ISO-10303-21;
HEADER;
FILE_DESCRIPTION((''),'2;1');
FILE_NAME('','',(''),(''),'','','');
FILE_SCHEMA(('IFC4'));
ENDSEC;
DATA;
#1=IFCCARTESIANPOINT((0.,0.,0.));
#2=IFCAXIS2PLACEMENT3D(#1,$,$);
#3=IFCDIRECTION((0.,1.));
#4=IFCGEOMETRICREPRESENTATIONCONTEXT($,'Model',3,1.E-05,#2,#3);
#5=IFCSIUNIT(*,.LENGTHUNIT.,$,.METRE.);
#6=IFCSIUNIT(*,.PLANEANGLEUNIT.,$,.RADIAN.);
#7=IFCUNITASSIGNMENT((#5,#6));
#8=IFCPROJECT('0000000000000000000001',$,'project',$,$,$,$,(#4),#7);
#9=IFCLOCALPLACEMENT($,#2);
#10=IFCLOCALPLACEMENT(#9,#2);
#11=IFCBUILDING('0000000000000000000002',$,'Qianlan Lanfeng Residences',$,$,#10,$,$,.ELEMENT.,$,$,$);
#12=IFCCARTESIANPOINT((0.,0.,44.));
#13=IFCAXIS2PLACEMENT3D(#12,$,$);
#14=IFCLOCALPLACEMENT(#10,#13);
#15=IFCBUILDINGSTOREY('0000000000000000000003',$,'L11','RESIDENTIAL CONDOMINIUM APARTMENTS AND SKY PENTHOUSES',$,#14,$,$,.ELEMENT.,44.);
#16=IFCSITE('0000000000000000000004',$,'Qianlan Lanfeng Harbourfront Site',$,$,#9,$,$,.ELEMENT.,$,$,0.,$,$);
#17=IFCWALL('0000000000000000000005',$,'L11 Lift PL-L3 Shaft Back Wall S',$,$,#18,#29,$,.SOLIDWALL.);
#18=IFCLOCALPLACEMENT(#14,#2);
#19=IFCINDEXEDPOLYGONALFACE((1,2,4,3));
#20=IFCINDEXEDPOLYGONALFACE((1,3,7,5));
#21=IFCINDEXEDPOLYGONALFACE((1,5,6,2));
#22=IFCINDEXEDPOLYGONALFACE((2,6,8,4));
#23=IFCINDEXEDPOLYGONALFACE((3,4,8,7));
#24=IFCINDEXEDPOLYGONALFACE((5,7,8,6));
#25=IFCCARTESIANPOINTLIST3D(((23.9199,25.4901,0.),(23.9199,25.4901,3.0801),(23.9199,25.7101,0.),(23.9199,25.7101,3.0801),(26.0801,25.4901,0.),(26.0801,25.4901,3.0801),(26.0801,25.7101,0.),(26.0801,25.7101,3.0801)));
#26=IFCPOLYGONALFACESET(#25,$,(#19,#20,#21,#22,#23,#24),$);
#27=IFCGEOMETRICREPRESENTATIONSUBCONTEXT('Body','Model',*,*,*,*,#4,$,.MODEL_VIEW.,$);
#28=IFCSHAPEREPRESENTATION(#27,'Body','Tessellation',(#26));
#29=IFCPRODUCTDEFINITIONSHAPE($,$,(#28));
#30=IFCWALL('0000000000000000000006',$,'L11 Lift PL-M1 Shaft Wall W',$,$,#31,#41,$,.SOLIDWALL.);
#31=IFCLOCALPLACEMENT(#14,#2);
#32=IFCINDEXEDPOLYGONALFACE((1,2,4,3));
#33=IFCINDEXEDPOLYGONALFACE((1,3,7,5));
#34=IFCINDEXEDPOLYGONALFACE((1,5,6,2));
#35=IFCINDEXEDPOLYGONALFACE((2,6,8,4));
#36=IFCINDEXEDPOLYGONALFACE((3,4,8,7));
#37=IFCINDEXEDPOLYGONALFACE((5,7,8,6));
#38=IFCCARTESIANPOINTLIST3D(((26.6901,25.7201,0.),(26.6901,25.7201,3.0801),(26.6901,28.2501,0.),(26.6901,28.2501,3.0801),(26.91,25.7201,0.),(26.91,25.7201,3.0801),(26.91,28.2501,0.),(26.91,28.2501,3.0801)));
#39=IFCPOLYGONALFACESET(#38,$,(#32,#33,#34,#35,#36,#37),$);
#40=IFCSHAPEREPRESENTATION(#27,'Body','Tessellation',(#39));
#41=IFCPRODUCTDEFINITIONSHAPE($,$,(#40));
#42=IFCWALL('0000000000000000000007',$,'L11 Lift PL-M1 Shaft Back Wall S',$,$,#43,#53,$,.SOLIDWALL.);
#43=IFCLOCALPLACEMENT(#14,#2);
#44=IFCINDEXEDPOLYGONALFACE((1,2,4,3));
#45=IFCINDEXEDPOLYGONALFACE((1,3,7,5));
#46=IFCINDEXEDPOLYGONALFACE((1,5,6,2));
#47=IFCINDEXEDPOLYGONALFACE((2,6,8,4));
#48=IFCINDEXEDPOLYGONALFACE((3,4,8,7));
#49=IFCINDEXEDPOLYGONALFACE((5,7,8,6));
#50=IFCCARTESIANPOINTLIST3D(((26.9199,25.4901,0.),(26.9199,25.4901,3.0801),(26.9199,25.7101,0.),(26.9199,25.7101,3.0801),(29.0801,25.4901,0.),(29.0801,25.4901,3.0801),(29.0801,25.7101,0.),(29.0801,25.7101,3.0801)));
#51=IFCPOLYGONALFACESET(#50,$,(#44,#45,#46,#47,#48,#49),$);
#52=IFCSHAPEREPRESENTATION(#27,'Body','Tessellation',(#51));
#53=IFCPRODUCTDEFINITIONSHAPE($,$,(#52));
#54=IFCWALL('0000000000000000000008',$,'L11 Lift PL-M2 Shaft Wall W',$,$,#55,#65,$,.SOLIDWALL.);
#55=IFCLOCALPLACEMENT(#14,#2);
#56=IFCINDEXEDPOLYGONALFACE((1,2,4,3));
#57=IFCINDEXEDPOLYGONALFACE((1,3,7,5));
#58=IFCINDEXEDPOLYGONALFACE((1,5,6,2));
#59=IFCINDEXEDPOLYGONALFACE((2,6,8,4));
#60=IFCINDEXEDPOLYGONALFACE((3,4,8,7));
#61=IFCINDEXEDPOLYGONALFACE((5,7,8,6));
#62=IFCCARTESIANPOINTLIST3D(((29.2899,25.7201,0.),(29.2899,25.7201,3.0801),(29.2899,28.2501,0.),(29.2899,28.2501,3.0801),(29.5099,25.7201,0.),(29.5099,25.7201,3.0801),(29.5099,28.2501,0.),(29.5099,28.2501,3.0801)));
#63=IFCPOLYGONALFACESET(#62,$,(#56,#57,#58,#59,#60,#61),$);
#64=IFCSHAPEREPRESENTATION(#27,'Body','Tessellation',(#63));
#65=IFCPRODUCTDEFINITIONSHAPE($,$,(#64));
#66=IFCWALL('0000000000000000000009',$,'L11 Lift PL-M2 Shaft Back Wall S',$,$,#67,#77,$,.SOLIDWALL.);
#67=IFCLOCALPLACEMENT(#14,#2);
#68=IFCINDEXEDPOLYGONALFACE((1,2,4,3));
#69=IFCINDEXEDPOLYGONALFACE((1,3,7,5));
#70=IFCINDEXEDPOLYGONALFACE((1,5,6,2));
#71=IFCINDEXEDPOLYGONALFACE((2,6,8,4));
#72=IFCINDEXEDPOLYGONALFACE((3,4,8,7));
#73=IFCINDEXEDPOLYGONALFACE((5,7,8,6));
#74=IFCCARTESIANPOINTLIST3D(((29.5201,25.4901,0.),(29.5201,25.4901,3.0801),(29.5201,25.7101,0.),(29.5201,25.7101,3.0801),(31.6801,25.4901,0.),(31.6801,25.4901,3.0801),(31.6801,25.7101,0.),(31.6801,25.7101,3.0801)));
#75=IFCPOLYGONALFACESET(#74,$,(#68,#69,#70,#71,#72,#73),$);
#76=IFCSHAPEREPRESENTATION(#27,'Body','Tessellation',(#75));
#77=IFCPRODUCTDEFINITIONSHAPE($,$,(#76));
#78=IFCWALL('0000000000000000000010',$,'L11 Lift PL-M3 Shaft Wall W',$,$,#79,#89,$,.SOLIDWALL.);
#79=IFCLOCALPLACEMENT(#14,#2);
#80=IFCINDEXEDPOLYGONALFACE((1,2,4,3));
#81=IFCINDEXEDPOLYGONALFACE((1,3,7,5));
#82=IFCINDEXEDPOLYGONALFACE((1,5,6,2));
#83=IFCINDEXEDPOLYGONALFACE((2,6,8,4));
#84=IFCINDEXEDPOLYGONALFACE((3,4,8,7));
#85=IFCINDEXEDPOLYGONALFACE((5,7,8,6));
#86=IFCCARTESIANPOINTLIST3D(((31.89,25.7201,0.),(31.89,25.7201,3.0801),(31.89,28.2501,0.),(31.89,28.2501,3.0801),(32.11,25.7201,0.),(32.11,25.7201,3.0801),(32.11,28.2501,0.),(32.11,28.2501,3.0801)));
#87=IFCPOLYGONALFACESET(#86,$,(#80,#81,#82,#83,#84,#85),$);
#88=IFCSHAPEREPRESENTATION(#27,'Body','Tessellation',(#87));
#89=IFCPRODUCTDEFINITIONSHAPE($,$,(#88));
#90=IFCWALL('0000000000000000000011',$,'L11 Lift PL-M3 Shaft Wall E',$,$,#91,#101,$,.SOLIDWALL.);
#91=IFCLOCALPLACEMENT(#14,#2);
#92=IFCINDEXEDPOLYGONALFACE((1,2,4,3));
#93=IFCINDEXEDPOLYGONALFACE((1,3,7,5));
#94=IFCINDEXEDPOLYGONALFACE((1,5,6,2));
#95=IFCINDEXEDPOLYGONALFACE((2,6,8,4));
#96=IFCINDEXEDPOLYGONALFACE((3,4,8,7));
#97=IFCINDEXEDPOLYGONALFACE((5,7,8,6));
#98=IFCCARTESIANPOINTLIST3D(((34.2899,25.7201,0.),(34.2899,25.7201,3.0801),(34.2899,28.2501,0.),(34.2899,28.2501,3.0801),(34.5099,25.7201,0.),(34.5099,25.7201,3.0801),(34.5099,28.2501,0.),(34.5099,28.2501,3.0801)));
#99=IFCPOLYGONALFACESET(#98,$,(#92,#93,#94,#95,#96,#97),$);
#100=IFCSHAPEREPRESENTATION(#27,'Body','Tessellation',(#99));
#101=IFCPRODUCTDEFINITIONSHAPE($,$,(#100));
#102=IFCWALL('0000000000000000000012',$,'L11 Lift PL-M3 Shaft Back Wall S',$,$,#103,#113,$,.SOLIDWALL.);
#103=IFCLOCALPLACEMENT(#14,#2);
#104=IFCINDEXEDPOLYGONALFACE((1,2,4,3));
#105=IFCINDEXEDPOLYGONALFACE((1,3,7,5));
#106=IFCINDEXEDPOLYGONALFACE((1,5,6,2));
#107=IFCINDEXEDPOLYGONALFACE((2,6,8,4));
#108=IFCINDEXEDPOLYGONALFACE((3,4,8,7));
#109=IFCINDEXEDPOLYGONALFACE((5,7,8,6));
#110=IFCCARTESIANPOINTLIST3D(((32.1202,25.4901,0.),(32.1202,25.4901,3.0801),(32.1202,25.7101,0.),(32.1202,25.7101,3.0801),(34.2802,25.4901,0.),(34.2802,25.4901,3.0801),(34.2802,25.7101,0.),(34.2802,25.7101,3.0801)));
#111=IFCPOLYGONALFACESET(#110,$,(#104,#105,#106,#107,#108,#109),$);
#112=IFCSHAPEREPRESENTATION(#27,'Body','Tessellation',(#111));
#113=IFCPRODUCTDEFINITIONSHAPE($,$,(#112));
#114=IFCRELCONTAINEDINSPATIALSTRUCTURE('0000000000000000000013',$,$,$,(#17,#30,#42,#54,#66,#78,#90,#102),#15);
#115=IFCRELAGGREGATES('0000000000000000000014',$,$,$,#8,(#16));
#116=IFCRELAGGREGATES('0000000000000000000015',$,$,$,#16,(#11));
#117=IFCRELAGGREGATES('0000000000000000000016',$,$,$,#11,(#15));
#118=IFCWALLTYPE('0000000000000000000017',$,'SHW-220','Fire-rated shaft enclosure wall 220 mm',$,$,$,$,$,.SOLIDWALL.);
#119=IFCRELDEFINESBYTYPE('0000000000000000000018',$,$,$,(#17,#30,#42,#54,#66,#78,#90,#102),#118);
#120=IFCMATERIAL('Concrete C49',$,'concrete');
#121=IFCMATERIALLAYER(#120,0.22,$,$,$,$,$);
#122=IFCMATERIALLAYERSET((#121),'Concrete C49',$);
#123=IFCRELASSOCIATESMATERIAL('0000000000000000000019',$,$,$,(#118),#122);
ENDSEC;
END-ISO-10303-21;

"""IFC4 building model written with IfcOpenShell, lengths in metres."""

from ifc_helpers import new_model, si_unit, direction, frame, frame_2d, origin, place, context, subcontext, project, spatial, rectangle, extrude, material, layer, layer_set, type_object, element, save


model = new_model("IFC4")

# Units and contexts
model_context = context("Model", 3, precision=1e-05, world=origin(), true_north=direction((0.0, 1.0)))
body_context = subcontext(model_context, "Body", "Model", "MODEL_VIEW")
ifc_project = project(units=[si_unit("LENGTHUNIT", "METRE"), si_unit("PLANEANGLEUNIT", "RADIAN")], contexts=[model_context])

# Site, building, storey
site_placement = place(None, origin())
site = spatial("IfcSite", under=ifc_project, at=site_placement, Name="Qianlan Lanfeng Harbourfront Site", CompositionType="ELEMENT", RefElevation=0.0)
building_placement = place(site_placement, origin())
building = spatial("IfcBuilding", under=site, at=building_placement, Name="Qianlan Lanfeng Residences", CompositionType="ELEMENT")
storey_placement = place(building_placement, frame((0.0, 0.0, 44.0)))
storey = spatial("IfcBuildingStorey", under=building, at=storey_placement, Name="L11", Description="RESIDENTIAL CONDOMINIUM APARTMENTS AND SKY PENTHOUSES", CompositionType="ELEMENT", Elevation=44.0)

# Walls
ifc_material_1 = material(Name="Concrete C49", Category="concrete")
ifc_layer_1 = layer(ifc_material_1, 0.22)
ifc_layer_set_1 = layer_set([ifc_layer_1], Name="Concrete C49")
wall_type_1 = type_object("IfcWallType", Name="SHW-220", Description="Fire-rated shaft enclosure wall 220 mm", PredefinedType="SOLIDWALL", material=ifc_layer_set_1)
wall_1_placement = place(storey_placement, frame((23.9199, 25.6001, 0.0), z_axis=(0.0, 0.0, 1.0), x_axis=(1.0, 0.0, 0.0)))
element("IfcWall", 1, at=wall_1_placement, inside=storey, type_object=wall_type_1, Name="L11 Lift PL-L3 Shaft Back Wall S", PredefinedType="SOLIDWALL", context=body_context, shape_type="SweptSolid", body=[
    extrude(rectangle(XDim=2.1602, YDim=0.22, at=frame_2d((1.0801, 0.0))), origin(), (0.0, 0.0, 1.0), 3.0801),
])
wall_2_placement = place(storey_placement, frame((26.8, 25.72, 0.0), z_axis=(0.0, 0.0, 1.0), x_axis=(0.0, 1.0, 0.0)))
element("IfcWall", 2, at=wall_2_placement, inside=storey, type_object=wall_type_1, Name="L11 Lift PL-M1 Shaft Wall W", PredefinedType="SOLIDWALL", context=body_context, shape_type="SweptSolid", body=[
    extrude(rectangle(XDim=2.53, YDim=0.22, at=frame_2d((1.2651, 0.0))), origin(), (0.0, 0.0, 1.0), 3.0801),
])
wall_3_placement = place(storey_placement, frame((26.9199, 25.6001, 0.0), z_axis=(0.0, 0.0, 1.0), x_axis=(1.0, 0.0, 0.0)))
element("IfcWall", 3, at=wall_3_placement, inside=storey, type_object=wall_type_1, Name="L11 Lift PL-M1 Shaft Back Wall S", PredefinedType="SOLIDWALL", context=body_context, shape_type="SweptSolid", body=[
    extrude(rectangle(XDim=2.1602, YDim=0.22, at=frame_2d((1.0801, 0.0))), origin(), (0.0, 0.0, 1.0), 3.0801),
])
wall_4_placement = place(storey_placement, frame((29.3999, 25.72, 0.0), z_axis=(0.0, 0.0, 1.0), x_axis=(0.0, 1.0, 0.0)))
element("IfcWall", 4, at=wall_4_placement, inside=storey, type_object=wall_type_1, Name="L11 Lift PL-M2 Shaft Wall W", PredefinedType="SOLIDWALL", context=body_context, shape_type="SweptSolid", body=[
    extrude(rectangle(XDim=2.53, YDim=0.22, at=frame_2d((1.2651, 0.0))), origin(), (0.0, 0.0, 1.0), 3.0801),
])
wall_5_placement = place(storey_placement, frame((29.52, 25.6001, 0.0), z_axis=(0.0, 0.0, 1.0), x_axis=(1.0, 0.0, 0.0)))
element("IfcWall", 5, at=wall_5_placement, inside=storey, type_object=wall_type_1, Name="L11 Lift PL-M2 Shaft Back Wall S", PredefinedType="SOLIDWALL", context=body_context, shape_type="SweptSolid", body=[
    extrude(rectangle(XDim=2.1599, YDim=0.22, at=frame_2d((1.0801, 0.0))), origin(), (0.0, 0.0, 1.0), 3.0801),
])
for number, where, z_axis, x_axis, name in (
    (6, (32.0, 25.72, 0.0), (0.0, 0.0, 1.0), (0.0, 1.0, 0.0), "L11 Lift PL-M3 Shaft Wall W"),
    (7, (34.3999, 25.72, 0.0), (0.0, 0.0, 1.0), (0.0, 1.0, 0.0), "L11 Lift PL-M3 Shaft Wall E"),
):
    element("IfcWall", number, at=place(storey_placement, frame(where, z_axis=z_axis, x_axis=x_axis)), inside=storey, type_object=wall_type_1, Name=name, PredefinedType="SOLIDWALL", context=body_context, shape_type="SweptSolid", body=[
        extrude(rectangle(XDim=2.53, YDim=0.22, at=frame_2d((1.2651, 0.0))), origin(), (0.0, 0.0, 1.0), 3.0801),
    ])
wall_6_placement = place(storey_placement, frame((32.1201, 25.6001, 0.0), z_axis=(0.0, 0.0, 1.0), x_axis=(1.0, 0.0, 0.0)))
element("IfcWall", 8, at=wall_6_placement, inside=storey, type_object=wall_type_1, Name="L11 Lift PL-M3 Shaft Back Wall S", PredefinedType="SOLIDWALL", context=body_context, shape_type="SweptSolid", body=[
    extrude(rectangle(XDim=2.1599, YDim=0.22, at=frame_2d((1.0801, 0.0))), origin(), (0.0, 0.0, 1.0), 3.0801),
])

save(model, "model.ifc")
